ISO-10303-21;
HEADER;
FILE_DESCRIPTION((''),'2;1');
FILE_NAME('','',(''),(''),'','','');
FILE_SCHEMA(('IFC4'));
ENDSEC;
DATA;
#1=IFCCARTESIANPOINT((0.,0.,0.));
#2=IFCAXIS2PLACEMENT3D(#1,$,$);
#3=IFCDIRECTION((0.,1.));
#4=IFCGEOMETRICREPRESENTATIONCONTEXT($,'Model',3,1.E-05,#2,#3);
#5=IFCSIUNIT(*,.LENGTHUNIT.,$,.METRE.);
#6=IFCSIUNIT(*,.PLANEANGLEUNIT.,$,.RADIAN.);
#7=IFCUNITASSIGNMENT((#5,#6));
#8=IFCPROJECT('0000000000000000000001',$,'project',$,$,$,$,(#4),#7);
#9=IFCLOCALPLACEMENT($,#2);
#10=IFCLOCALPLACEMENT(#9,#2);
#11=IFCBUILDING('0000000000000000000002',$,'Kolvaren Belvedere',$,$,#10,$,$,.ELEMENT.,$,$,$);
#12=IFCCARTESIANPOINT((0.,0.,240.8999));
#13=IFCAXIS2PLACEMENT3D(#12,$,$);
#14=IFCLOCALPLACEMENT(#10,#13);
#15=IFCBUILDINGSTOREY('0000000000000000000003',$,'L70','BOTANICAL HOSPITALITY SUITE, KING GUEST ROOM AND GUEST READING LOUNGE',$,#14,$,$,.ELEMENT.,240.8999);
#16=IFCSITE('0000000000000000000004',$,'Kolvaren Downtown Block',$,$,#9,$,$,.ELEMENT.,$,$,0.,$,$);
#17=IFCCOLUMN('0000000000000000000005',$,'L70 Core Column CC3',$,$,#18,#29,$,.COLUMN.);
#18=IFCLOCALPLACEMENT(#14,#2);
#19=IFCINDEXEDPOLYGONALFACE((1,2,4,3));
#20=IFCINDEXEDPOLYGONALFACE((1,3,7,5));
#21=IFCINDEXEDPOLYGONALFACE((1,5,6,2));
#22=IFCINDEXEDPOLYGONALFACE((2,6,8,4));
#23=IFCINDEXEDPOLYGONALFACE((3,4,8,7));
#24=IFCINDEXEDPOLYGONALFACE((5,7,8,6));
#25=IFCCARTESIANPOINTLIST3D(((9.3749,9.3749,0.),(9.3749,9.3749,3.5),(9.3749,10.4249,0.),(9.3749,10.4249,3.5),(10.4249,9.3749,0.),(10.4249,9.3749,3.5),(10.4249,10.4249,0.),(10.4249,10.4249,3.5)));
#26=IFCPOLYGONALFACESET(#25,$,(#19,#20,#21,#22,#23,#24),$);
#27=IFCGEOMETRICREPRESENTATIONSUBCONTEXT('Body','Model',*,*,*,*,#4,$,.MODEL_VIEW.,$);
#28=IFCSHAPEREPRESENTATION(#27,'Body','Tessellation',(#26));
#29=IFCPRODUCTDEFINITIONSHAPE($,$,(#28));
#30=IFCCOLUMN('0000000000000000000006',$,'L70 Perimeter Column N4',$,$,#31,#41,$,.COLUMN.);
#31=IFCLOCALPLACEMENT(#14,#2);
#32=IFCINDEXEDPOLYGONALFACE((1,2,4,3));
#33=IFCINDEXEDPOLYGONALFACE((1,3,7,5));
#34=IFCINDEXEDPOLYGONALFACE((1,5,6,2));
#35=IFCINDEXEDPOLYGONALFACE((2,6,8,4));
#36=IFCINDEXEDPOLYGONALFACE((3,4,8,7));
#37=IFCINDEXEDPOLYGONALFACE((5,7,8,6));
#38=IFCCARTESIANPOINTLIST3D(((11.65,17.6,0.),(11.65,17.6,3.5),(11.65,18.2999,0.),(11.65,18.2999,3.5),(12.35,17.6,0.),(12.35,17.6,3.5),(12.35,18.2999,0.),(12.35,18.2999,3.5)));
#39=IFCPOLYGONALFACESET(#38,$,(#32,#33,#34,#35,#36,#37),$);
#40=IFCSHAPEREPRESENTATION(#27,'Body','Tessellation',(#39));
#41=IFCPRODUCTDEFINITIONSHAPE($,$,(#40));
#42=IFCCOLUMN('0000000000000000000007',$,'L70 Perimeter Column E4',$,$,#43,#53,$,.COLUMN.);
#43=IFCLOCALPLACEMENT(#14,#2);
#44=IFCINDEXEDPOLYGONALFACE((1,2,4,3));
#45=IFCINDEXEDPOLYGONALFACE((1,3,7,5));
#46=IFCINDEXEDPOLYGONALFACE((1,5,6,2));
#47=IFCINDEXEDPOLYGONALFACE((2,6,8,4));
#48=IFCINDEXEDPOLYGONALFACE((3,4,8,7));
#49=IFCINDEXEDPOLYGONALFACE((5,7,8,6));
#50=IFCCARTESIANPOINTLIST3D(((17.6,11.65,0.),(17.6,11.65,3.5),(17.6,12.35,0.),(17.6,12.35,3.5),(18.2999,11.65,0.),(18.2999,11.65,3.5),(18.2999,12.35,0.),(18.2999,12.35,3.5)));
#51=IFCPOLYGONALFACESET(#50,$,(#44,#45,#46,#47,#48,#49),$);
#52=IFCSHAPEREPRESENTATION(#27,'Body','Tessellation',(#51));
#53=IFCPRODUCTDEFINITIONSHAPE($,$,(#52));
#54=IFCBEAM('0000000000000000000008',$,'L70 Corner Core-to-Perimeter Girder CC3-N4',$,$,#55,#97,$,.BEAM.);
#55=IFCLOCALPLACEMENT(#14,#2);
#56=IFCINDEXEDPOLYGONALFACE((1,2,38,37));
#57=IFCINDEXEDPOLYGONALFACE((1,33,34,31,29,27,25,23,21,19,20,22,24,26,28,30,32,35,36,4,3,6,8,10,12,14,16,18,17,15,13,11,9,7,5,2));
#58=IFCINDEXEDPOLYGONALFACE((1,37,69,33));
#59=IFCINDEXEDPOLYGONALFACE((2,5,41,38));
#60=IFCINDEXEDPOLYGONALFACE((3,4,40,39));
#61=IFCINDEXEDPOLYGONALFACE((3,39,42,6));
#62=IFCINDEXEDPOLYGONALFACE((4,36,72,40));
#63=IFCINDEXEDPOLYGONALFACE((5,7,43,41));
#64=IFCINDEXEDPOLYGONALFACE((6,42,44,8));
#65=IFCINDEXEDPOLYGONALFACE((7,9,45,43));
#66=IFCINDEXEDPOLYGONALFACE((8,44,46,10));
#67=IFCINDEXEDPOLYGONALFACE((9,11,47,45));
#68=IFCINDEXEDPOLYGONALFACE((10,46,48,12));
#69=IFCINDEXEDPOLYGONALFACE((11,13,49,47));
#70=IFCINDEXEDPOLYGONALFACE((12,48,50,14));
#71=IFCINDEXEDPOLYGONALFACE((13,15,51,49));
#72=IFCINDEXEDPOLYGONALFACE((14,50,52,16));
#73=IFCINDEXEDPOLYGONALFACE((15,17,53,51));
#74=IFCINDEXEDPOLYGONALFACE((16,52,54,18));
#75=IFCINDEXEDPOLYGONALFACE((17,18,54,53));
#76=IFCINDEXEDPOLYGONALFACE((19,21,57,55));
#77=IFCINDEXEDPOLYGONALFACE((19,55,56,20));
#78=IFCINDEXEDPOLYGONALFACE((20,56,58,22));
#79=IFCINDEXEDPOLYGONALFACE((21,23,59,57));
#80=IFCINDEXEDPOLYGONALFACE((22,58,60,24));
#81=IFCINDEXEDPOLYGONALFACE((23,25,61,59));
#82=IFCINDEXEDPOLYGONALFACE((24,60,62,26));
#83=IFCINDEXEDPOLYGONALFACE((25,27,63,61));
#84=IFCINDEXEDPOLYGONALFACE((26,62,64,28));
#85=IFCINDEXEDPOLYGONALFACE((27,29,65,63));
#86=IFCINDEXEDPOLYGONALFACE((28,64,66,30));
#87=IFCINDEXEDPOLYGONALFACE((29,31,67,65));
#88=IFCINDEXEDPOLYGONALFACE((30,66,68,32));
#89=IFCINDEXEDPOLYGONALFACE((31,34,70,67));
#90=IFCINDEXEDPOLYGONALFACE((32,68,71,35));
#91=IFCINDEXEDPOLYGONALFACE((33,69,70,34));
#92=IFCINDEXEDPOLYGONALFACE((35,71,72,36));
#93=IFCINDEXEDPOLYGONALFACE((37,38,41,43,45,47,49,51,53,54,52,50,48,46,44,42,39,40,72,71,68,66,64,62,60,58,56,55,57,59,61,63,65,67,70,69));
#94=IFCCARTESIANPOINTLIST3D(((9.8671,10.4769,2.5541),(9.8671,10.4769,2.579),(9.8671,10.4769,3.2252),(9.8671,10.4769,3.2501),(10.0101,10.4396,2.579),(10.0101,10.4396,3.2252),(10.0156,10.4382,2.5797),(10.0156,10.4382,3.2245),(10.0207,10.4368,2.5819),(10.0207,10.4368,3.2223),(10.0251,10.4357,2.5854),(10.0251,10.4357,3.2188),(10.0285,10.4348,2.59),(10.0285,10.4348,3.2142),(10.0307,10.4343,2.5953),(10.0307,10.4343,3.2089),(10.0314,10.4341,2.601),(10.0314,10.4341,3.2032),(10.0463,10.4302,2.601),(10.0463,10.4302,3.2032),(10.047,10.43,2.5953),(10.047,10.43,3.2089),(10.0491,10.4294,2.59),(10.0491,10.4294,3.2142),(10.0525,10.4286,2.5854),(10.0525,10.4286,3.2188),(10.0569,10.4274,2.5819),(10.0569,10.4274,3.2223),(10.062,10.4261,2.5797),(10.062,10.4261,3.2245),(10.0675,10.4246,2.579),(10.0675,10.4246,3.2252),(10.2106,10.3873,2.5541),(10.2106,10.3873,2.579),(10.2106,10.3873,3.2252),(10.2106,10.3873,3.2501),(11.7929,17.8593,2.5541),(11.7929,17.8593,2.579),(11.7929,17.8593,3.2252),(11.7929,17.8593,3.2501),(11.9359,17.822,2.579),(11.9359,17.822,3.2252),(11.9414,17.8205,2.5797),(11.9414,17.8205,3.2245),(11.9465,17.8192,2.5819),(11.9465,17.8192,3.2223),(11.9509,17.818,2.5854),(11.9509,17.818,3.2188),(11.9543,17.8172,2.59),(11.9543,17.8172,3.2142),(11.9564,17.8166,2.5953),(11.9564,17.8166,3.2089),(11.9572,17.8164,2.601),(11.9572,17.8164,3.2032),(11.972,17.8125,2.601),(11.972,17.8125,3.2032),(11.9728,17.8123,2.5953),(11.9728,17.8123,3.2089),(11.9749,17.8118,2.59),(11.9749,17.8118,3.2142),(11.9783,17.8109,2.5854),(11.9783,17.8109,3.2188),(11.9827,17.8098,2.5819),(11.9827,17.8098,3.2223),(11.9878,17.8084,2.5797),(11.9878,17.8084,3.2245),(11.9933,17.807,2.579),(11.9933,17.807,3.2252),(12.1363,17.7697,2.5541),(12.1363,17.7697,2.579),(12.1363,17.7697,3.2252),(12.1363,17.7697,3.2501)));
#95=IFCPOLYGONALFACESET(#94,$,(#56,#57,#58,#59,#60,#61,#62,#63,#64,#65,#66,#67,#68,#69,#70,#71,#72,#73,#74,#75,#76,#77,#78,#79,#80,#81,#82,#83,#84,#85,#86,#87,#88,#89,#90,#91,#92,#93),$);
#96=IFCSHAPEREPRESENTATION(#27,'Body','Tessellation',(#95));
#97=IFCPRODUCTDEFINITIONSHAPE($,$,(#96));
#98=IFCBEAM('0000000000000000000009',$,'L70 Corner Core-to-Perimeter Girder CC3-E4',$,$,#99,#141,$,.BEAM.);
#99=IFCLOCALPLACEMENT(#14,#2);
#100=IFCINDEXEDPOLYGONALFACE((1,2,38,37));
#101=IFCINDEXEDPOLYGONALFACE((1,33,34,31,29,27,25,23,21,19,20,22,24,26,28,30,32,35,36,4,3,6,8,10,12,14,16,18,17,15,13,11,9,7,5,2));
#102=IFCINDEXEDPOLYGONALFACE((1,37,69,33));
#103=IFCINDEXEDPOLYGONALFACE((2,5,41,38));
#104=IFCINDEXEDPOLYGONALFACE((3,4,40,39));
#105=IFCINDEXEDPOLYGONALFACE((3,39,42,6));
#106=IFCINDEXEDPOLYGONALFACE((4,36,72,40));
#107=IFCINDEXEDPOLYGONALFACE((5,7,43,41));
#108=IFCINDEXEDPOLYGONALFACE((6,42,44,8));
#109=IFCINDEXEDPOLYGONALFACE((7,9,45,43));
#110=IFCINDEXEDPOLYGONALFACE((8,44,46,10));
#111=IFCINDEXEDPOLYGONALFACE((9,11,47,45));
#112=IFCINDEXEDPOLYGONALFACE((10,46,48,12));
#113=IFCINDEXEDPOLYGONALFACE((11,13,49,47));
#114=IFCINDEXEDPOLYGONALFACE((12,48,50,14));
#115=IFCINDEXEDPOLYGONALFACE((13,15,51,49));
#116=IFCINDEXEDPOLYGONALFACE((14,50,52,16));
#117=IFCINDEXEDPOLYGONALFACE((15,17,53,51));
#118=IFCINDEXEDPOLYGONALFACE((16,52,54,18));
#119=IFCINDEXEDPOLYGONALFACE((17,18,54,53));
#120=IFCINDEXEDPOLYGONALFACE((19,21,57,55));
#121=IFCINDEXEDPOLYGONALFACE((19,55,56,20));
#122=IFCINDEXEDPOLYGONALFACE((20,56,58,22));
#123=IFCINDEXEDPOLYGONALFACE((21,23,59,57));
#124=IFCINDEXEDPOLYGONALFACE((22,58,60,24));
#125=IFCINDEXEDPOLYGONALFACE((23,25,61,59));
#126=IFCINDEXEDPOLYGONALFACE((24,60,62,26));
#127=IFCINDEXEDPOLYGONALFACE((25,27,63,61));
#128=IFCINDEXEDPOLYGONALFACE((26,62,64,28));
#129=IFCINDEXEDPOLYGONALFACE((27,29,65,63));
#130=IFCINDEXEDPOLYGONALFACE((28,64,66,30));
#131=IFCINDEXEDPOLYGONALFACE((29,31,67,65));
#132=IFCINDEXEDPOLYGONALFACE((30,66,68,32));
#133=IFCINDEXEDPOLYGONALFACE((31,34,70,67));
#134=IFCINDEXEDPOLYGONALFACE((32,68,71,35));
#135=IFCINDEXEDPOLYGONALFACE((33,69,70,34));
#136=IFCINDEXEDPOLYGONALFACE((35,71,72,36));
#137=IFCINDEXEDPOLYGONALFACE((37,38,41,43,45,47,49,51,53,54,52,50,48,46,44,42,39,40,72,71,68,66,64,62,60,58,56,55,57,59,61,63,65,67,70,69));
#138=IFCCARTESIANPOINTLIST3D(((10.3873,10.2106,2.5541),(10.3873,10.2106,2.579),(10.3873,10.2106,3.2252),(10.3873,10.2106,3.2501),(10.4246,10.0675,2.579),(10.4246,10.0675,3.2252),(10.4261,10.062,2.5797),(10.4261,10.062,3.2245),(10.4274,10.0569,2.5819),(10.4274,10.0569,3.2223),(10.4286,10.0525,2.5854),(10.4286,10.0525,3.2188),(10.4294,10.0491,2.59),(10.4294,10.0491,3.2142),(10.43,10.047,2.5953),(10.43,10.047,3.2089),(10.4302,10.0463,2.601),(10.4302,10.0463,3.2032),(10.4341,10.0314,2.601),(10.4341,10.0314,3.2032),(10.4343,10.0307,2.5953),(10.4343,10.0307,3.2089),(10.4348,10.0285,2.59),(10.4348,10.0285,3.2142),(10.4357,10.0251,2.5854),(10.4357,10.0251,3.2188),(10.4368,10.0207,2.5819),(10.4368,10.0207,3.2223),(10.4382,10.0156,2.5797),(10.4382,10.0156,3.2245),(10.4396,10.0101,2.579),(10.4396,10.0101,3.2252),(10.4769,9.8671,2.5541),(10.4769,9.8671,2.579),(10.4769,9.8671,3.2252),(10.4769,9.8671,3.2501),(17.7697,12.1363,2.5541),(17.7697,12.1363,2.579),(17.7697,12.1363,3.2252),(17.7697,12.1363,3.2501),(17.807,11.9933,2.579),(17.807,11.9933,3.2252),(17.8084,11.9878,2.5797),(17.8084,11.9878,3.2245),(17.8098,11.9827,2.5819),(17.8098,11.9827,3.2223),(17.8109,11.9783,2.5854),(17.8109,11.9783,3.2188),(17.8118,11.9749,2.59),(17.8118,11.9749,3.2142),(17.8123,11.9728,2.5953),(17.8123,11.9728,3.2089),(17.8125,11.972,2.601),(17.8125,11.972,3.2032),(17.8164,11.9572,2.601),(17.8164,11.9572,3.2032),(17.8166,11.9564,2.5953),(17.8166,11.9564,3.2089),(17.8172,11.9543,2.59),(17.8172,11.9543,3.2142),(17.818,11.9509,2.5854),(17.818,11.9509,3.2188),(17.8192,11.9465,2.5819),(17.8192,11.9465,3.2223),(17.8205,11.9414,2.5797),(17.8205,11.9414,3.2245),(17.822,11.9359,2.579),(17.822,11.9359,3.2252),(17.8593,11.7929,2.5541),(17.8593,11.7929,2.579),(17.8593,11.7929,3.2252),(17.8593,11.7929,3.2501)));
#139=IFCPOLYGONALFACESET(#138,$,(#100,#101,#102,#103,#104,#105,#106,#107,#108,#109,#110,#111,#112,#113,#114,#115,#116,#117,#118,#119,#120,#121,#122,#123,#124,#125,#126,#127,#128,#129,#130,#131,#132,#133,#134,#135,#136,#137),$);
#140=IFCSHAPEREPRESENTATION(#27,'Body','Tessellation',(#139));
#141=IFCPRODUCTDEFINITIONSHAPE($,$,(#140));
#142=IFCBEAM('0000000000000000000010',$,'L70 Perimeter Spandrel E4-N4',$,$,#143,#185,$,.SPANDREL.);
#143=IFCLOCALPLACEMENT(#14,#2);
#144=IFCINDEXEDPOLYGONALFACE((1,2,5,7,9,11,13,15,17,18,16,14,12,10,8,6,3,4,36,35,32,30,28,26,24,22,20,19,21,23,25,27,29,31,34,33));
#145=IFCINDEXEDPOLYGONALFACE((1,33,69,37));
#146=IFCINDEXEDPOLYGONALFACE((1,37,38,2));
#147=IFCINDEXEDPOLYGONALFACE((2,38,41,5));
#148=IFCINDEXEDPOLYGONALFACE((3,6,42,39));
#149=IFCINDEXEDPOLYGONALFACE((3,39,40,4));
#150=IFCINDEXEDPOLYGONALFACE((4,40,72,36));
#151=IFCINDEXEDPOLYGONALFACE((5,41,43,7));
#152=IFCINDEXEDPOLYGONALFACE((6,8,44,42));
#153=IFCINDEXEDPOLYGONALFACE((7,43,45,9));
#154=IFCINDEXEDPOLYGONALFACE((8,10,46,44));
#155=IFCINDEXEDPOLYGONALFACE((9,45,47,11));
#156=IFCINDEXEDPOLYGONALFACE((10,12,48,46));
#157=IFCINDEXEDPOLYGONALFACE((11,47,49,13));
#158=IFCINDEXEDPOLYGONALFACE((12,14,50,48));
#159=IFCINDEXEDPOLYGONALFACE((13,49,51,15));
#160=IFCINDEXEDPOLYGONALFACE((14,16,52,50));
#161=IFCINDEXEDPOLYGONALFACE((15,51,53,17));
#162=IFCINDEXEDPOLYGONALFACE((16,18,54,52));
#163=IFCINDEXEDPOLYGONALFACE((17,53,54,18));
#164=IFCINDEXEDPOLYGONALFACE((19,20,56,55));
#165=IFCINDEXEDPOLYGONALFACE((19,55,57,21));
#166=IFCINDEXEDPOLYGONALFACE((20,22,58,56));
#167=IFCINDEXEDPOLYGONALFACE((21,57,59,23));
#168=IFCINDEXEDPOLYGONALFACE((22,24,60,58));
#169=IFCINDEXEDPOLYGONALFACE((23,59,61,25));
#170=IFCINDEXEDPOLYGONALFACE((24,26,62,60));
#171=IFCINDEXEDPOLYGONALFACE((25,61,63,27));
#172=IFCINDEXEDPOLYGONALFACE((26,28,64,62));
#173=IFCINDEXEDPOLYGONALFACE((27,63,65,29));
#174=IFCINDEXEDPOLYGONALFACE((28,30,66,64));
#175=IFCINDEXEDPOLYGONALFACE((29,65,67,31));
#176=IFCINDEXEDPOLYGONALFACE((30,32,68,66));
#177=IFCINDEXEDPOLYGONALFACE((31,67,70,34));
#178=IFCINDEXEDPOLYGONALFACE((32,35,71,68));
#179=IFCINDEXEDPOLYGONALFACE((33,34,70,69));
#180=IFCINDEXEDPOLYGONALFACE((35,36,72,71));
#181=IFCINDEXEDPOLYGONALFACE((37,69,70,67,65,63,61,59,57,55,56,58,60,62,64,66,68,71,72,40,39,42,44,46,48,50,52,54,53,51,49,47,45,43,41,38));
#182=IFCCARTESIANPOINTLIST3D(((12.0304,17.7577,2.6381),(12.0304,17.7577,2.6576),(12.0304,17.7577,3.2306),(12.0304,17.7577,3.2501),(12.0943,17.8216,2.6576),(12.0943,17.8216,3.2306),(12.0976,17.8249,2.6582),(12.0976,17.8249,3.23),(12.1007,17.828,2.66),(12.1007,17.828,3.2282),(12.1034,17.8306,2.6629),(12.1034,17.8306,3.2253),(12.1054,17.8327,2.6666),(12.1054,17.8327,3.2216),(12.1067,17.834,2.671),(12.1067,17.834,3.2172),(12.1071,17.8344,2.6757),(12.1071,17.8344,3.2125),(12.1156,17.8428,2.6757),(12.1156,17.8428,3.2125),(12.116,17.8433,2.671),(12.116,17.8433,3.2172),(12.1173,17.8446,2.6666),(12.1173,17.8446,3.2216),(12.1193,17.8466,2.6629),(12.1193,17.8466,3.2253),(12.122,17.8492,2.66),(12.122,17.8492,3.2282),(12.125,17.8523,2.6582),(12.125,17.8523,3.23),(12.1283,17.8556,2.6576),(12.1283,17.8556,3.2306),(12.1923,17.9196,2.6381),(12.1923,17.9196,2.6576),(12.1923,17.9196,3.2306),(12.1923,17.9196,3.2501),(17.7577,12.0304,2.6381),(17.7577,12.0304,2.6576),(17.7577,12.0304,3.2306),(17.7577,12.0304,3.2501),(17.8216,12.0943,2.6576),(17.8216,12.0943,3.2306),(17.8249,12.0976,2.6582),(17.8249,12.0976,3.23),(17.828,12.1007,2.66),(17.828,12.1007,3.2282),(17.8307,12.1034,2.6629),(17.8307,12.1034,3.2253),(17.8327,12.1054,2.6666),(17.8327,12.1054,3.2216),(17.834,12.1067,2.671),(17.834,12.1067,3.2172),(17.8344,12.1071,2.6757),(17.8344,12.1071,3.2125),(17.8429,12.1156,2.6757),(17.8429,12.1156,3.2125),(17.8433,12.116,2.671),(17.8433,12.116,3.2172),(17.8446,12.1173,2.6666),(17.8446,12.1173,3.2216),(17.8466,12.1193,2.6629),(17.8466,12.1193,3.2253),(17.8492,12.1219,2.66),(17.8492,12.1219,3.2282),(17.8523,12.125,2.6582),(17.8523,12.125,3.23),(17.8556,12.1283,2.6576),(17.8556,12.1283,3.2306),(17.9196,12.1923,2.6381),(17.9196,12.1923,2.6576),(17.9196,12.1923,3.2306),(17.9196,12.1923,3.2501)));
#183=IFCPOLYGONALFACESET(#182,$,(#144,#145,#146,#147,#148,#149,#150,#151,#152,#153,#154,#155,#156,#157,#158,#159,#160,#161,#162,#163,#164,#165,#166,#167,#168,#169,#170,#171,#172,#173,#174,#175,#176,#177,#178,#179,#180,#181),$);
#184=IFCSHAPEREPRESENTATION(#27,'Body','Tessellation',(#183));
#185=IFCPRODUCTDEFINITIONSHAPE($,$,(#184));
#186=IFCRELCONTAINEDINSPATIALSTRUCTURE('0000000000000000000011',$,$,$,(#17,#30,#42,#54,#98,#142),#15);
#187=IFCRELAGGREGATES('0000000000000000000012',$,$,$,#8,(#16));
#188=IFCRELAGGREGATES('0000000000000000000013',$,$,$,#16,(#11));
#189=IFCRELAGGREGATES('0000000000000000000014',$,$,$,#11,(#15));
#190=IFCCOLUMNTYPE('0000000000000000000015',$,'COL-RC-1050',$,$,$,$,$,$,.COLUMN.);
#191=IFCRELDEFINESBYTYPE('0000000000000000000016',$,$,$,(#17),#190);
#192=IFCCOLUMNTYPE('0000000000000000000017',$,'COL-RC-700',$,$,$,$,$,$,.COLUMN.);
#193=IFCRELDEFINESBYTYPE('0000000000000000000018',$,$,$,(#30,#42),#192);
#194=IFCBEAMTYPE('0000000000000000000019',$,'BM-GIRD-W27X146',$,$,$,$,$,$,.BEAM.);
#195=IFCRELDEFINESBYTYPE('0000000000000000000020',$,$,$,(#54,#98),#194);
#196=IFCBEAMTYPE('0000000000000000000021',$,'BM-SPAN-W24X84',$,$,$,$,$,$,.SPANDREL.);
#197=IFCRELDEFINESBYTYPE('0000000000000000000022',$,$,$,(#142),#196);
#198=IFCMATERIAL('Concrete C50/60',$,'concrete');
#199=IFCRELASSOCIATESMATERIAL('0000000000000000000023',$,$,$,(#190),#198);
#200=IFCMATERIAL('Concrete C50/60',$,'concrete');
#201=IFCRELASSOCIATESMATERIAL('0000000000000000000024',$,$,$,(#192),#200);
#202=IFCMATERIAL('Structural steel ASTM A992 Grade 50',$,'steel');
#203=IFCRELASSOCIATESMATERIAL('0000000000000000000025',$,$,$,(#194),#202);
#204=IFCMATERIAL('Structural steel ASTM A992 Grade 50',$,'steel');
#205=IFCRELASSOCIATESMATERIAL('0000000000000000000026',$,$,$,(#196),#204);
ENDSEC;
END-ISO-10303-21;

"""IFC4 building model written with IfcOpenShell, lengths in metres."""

from ifc_helpers import new_model, si_unit, direction, frame, origin, origin_2d, place, context, subcontext, project, spatial, rectangle, i_section, extrude, material, material_profile, profile_set, type_object, element, save


model = new_model("IFC4")

# Units and contexts
model_context = context("Model", 3, precision=1e-05, world=origin(), true_north=direction((0.0, 1.0)))
body_context = subcontext(model_context, "Body", "Model", "MODEL_VIEW")
ifc_project = project(units=[si_unit("LENGTHUNIT", "METRE"), si_unit("PLANEANGLEUNIT", "RADIAN")], contexts=[model_context])

# Site, building, storey
site_placement = place(None, origin())
site = spatial("IfcSite", under=ifc_project, at=site_placement, Name="Kolvaren Downtown Block", CompositionType="ELEMENT", RefElevation=0.0)
building_placement = place(site_placement, origin())
building = spatial("IfcBuilding", under=site, at=building_placement, Name="Kolvaren Belvedere", CompositionType="ELEMENT")
storey_placement = place(building_placement, frame((0.0, 0.0, 240.8999)))
storey = spatial("IfcBuildingStorey", under=building, at=storey_placement, Name="L70", Description="BOTANICAL HOSPITALITY SUITE, KING GUEST ROOM AND GUEST READING LOUNGE", CompositionType="ELEMENT", Elevation=240.8999)

# Columns
ifc_material_1 = material(Name="Concrete C50/60", Category="concrete")
ifc_material_profile_1 = material_profile(ifc_material_1, rectangle(XDim=1.05, YDim=1.05, at=origin_2d()), Name="RC 1050X1050")
ifc_profile_set_1 = profile_set([ifc_material_profile_1], Name="Concrete C50/60")
column_type_1 = type_object("IfcColumnType", Name="COL-RC-1050", PredefinedType="COLUMN", material=ifc_profile_set_1)
column_placement = place(storey_placement, frame((9.8999, 9.8999, 0.0), z_axis=(0.0, 0.0, 1.0), x_axis=(1.0, 0.0, 0.0)))
element("IfcColumn", 1, at=column_placement, inside=storey, type_object=column_type_1, Name="L70 Core Column CC3", PredefinedType="COLUMN", context=body_context, shape_type="SweptSolid", body=[
    extrude(rectangle(XDim=1.05, YDim=1.05, at=origin_2d()), origin(), (0.0, 0.0, 1.0), 3.5),
])
ifc_material_2 = material(Name="Concrete C50/60", Category="concrete")
ifc_material_profile_2 = material_profile(ifc_material_2, rectangle(XDim=0.7, YDim=0.7, at=origin_2d()), Name="RC 700X700")
ifc_profile_set_2 = profile_set([ifc_material_profile_2], Name="Concrete C50/60")
column_type_2 = type_object("IfcColumnType", Name="COL-RC-700", PredefinedType="COLUMN", material=ifc_profile_set_2)
for number, where, z_axis, x_axis, name in (
    (2, (12.0, 17.95, 0.0), (0.0, 0.0, 1.0), (1.0, 0.0, 0.0), "L70 Perimeter Column N4"),
    (3, (17.95, 12.0, 0.0), (0.0, 0.0, 1.0), (1.0, 0.0, 0.0), "L70 Perimeter Column E4"),
):
    element("IfcColumn", number, at=place(storey_placement, frame(where, z_axis=z_axis, x_axis=x_axis)), inside=storey, type_object=column_type_2, Name=name, PredefinedType="COLUMN", context=body_context, shape_type="SweptSolid", body=[
        extrude(rectangle(XDim=0.7, YDim=0.7, at=origin_2d()), origin(), (0.0, 0.0, 1.0), 3.5),
    ])

# Beams
ifc_material_3 = material(Name="Structural steel ASTM A992 Grade 50", Category="steel")
ifc_material_profile_3 = material_profile(ifc_material_3, i_section(OverallWidth=0.355, OverallDepth=0.696, WebThickness=0.0154, FlangeThickness=0.0249, FilletRadius=0.022, at=origin_2d()), Name="W27X146")
ifc_profile_set_3 = profile_set([ifc_material_profile_3], Name="Structural steel ASTM A992 Grade 50")
beam_type_1 = type_object("IfcBeamType", Name="BM-GIRD-W27X146", PredefinedType="BEAM", material=ifc_profile_set_3)
for number, where, z_axis, x_axis, name in (
    (4, (10.0388, 10.4321, 2.9021), (0.252417, 0.967619, 0.0), (-0.967619, 0.252417, 0.0), "L70 Corner Core-to-Perimeter Girder CC3-N4"),
    (5, (10.4321, 10.0388, 2.9021), (0.967619, 0.252417, 0.0), (-0.252417, 0.967619, 0.0), "L70 Corner Core-to-Perimeter Girder CC3-E4"),
):
    element("IfcBeam", number, at=place(storey_placement, frame(where, z_axis=z_axis, x_axis=x_axis)), inside=storey, type_object=beam_type_1, Name=name, PredefinedType="BEAM", context=body_context, shape_type="SweptSolid", body=[
        extrude(i_section(OverallWidth=0.355, OverallDepth=0.696, WebThickness=0.0154, FlangeThickness=0.0249, FilletRadius=0.022, at=origin_2d()), origin(), (0.0, 0.0, 1.0), 7.6294),
    ])
ifc_material_4 = material(Name="Structural steel ASTM A992 Grade 50", Category="steel")
ifc_material_profile_4 = material_profile(ifc_material_4, i_section(OverallWidth=0.229, OverallDepth=0.6121, WebThickness=0.012, FlangeThickness=0.0195, FilletRadius=0.0181, at=origin_2d()), Name="W24X84")
ifc_profile_set_4 = profile_set([ifc_material_profile_4], Name="Structural steel ASTM A992 Grade 50")
beam_type_2 = type_object("IfcBeamType", Name="BM-SPAN-W24X84", PredefinedType="SPANDREL", material=ifc_profile_set_4)
beam_1_placement = place(storey_placement, frame((17.8386, 12.1113, 2.9441), z_axis=(-0.707107, 0.707107, 0.0), x_axis=(-0.707107, -0.707107, 0.0)))
element("IfcBeam", 6, at=beam_1_placement, inside=storey, type_object=beam_type_2, Name="L70 Perimeter Spandrel E4-N4", PredefinedType="SPANDREL", context=body_context, shape_type="SweptSolid", body=[
    extrude(i_section(OverallWidth=0.229, OverallDepth=0.6121, WebThickness=0.012, FlangeThickness=0.0195, FilletRadius=0.0181, at=origin_2d()), origin(), (0.0, 0.0, 1.0), 8.0996),
])

save(model, "model.ifc")
